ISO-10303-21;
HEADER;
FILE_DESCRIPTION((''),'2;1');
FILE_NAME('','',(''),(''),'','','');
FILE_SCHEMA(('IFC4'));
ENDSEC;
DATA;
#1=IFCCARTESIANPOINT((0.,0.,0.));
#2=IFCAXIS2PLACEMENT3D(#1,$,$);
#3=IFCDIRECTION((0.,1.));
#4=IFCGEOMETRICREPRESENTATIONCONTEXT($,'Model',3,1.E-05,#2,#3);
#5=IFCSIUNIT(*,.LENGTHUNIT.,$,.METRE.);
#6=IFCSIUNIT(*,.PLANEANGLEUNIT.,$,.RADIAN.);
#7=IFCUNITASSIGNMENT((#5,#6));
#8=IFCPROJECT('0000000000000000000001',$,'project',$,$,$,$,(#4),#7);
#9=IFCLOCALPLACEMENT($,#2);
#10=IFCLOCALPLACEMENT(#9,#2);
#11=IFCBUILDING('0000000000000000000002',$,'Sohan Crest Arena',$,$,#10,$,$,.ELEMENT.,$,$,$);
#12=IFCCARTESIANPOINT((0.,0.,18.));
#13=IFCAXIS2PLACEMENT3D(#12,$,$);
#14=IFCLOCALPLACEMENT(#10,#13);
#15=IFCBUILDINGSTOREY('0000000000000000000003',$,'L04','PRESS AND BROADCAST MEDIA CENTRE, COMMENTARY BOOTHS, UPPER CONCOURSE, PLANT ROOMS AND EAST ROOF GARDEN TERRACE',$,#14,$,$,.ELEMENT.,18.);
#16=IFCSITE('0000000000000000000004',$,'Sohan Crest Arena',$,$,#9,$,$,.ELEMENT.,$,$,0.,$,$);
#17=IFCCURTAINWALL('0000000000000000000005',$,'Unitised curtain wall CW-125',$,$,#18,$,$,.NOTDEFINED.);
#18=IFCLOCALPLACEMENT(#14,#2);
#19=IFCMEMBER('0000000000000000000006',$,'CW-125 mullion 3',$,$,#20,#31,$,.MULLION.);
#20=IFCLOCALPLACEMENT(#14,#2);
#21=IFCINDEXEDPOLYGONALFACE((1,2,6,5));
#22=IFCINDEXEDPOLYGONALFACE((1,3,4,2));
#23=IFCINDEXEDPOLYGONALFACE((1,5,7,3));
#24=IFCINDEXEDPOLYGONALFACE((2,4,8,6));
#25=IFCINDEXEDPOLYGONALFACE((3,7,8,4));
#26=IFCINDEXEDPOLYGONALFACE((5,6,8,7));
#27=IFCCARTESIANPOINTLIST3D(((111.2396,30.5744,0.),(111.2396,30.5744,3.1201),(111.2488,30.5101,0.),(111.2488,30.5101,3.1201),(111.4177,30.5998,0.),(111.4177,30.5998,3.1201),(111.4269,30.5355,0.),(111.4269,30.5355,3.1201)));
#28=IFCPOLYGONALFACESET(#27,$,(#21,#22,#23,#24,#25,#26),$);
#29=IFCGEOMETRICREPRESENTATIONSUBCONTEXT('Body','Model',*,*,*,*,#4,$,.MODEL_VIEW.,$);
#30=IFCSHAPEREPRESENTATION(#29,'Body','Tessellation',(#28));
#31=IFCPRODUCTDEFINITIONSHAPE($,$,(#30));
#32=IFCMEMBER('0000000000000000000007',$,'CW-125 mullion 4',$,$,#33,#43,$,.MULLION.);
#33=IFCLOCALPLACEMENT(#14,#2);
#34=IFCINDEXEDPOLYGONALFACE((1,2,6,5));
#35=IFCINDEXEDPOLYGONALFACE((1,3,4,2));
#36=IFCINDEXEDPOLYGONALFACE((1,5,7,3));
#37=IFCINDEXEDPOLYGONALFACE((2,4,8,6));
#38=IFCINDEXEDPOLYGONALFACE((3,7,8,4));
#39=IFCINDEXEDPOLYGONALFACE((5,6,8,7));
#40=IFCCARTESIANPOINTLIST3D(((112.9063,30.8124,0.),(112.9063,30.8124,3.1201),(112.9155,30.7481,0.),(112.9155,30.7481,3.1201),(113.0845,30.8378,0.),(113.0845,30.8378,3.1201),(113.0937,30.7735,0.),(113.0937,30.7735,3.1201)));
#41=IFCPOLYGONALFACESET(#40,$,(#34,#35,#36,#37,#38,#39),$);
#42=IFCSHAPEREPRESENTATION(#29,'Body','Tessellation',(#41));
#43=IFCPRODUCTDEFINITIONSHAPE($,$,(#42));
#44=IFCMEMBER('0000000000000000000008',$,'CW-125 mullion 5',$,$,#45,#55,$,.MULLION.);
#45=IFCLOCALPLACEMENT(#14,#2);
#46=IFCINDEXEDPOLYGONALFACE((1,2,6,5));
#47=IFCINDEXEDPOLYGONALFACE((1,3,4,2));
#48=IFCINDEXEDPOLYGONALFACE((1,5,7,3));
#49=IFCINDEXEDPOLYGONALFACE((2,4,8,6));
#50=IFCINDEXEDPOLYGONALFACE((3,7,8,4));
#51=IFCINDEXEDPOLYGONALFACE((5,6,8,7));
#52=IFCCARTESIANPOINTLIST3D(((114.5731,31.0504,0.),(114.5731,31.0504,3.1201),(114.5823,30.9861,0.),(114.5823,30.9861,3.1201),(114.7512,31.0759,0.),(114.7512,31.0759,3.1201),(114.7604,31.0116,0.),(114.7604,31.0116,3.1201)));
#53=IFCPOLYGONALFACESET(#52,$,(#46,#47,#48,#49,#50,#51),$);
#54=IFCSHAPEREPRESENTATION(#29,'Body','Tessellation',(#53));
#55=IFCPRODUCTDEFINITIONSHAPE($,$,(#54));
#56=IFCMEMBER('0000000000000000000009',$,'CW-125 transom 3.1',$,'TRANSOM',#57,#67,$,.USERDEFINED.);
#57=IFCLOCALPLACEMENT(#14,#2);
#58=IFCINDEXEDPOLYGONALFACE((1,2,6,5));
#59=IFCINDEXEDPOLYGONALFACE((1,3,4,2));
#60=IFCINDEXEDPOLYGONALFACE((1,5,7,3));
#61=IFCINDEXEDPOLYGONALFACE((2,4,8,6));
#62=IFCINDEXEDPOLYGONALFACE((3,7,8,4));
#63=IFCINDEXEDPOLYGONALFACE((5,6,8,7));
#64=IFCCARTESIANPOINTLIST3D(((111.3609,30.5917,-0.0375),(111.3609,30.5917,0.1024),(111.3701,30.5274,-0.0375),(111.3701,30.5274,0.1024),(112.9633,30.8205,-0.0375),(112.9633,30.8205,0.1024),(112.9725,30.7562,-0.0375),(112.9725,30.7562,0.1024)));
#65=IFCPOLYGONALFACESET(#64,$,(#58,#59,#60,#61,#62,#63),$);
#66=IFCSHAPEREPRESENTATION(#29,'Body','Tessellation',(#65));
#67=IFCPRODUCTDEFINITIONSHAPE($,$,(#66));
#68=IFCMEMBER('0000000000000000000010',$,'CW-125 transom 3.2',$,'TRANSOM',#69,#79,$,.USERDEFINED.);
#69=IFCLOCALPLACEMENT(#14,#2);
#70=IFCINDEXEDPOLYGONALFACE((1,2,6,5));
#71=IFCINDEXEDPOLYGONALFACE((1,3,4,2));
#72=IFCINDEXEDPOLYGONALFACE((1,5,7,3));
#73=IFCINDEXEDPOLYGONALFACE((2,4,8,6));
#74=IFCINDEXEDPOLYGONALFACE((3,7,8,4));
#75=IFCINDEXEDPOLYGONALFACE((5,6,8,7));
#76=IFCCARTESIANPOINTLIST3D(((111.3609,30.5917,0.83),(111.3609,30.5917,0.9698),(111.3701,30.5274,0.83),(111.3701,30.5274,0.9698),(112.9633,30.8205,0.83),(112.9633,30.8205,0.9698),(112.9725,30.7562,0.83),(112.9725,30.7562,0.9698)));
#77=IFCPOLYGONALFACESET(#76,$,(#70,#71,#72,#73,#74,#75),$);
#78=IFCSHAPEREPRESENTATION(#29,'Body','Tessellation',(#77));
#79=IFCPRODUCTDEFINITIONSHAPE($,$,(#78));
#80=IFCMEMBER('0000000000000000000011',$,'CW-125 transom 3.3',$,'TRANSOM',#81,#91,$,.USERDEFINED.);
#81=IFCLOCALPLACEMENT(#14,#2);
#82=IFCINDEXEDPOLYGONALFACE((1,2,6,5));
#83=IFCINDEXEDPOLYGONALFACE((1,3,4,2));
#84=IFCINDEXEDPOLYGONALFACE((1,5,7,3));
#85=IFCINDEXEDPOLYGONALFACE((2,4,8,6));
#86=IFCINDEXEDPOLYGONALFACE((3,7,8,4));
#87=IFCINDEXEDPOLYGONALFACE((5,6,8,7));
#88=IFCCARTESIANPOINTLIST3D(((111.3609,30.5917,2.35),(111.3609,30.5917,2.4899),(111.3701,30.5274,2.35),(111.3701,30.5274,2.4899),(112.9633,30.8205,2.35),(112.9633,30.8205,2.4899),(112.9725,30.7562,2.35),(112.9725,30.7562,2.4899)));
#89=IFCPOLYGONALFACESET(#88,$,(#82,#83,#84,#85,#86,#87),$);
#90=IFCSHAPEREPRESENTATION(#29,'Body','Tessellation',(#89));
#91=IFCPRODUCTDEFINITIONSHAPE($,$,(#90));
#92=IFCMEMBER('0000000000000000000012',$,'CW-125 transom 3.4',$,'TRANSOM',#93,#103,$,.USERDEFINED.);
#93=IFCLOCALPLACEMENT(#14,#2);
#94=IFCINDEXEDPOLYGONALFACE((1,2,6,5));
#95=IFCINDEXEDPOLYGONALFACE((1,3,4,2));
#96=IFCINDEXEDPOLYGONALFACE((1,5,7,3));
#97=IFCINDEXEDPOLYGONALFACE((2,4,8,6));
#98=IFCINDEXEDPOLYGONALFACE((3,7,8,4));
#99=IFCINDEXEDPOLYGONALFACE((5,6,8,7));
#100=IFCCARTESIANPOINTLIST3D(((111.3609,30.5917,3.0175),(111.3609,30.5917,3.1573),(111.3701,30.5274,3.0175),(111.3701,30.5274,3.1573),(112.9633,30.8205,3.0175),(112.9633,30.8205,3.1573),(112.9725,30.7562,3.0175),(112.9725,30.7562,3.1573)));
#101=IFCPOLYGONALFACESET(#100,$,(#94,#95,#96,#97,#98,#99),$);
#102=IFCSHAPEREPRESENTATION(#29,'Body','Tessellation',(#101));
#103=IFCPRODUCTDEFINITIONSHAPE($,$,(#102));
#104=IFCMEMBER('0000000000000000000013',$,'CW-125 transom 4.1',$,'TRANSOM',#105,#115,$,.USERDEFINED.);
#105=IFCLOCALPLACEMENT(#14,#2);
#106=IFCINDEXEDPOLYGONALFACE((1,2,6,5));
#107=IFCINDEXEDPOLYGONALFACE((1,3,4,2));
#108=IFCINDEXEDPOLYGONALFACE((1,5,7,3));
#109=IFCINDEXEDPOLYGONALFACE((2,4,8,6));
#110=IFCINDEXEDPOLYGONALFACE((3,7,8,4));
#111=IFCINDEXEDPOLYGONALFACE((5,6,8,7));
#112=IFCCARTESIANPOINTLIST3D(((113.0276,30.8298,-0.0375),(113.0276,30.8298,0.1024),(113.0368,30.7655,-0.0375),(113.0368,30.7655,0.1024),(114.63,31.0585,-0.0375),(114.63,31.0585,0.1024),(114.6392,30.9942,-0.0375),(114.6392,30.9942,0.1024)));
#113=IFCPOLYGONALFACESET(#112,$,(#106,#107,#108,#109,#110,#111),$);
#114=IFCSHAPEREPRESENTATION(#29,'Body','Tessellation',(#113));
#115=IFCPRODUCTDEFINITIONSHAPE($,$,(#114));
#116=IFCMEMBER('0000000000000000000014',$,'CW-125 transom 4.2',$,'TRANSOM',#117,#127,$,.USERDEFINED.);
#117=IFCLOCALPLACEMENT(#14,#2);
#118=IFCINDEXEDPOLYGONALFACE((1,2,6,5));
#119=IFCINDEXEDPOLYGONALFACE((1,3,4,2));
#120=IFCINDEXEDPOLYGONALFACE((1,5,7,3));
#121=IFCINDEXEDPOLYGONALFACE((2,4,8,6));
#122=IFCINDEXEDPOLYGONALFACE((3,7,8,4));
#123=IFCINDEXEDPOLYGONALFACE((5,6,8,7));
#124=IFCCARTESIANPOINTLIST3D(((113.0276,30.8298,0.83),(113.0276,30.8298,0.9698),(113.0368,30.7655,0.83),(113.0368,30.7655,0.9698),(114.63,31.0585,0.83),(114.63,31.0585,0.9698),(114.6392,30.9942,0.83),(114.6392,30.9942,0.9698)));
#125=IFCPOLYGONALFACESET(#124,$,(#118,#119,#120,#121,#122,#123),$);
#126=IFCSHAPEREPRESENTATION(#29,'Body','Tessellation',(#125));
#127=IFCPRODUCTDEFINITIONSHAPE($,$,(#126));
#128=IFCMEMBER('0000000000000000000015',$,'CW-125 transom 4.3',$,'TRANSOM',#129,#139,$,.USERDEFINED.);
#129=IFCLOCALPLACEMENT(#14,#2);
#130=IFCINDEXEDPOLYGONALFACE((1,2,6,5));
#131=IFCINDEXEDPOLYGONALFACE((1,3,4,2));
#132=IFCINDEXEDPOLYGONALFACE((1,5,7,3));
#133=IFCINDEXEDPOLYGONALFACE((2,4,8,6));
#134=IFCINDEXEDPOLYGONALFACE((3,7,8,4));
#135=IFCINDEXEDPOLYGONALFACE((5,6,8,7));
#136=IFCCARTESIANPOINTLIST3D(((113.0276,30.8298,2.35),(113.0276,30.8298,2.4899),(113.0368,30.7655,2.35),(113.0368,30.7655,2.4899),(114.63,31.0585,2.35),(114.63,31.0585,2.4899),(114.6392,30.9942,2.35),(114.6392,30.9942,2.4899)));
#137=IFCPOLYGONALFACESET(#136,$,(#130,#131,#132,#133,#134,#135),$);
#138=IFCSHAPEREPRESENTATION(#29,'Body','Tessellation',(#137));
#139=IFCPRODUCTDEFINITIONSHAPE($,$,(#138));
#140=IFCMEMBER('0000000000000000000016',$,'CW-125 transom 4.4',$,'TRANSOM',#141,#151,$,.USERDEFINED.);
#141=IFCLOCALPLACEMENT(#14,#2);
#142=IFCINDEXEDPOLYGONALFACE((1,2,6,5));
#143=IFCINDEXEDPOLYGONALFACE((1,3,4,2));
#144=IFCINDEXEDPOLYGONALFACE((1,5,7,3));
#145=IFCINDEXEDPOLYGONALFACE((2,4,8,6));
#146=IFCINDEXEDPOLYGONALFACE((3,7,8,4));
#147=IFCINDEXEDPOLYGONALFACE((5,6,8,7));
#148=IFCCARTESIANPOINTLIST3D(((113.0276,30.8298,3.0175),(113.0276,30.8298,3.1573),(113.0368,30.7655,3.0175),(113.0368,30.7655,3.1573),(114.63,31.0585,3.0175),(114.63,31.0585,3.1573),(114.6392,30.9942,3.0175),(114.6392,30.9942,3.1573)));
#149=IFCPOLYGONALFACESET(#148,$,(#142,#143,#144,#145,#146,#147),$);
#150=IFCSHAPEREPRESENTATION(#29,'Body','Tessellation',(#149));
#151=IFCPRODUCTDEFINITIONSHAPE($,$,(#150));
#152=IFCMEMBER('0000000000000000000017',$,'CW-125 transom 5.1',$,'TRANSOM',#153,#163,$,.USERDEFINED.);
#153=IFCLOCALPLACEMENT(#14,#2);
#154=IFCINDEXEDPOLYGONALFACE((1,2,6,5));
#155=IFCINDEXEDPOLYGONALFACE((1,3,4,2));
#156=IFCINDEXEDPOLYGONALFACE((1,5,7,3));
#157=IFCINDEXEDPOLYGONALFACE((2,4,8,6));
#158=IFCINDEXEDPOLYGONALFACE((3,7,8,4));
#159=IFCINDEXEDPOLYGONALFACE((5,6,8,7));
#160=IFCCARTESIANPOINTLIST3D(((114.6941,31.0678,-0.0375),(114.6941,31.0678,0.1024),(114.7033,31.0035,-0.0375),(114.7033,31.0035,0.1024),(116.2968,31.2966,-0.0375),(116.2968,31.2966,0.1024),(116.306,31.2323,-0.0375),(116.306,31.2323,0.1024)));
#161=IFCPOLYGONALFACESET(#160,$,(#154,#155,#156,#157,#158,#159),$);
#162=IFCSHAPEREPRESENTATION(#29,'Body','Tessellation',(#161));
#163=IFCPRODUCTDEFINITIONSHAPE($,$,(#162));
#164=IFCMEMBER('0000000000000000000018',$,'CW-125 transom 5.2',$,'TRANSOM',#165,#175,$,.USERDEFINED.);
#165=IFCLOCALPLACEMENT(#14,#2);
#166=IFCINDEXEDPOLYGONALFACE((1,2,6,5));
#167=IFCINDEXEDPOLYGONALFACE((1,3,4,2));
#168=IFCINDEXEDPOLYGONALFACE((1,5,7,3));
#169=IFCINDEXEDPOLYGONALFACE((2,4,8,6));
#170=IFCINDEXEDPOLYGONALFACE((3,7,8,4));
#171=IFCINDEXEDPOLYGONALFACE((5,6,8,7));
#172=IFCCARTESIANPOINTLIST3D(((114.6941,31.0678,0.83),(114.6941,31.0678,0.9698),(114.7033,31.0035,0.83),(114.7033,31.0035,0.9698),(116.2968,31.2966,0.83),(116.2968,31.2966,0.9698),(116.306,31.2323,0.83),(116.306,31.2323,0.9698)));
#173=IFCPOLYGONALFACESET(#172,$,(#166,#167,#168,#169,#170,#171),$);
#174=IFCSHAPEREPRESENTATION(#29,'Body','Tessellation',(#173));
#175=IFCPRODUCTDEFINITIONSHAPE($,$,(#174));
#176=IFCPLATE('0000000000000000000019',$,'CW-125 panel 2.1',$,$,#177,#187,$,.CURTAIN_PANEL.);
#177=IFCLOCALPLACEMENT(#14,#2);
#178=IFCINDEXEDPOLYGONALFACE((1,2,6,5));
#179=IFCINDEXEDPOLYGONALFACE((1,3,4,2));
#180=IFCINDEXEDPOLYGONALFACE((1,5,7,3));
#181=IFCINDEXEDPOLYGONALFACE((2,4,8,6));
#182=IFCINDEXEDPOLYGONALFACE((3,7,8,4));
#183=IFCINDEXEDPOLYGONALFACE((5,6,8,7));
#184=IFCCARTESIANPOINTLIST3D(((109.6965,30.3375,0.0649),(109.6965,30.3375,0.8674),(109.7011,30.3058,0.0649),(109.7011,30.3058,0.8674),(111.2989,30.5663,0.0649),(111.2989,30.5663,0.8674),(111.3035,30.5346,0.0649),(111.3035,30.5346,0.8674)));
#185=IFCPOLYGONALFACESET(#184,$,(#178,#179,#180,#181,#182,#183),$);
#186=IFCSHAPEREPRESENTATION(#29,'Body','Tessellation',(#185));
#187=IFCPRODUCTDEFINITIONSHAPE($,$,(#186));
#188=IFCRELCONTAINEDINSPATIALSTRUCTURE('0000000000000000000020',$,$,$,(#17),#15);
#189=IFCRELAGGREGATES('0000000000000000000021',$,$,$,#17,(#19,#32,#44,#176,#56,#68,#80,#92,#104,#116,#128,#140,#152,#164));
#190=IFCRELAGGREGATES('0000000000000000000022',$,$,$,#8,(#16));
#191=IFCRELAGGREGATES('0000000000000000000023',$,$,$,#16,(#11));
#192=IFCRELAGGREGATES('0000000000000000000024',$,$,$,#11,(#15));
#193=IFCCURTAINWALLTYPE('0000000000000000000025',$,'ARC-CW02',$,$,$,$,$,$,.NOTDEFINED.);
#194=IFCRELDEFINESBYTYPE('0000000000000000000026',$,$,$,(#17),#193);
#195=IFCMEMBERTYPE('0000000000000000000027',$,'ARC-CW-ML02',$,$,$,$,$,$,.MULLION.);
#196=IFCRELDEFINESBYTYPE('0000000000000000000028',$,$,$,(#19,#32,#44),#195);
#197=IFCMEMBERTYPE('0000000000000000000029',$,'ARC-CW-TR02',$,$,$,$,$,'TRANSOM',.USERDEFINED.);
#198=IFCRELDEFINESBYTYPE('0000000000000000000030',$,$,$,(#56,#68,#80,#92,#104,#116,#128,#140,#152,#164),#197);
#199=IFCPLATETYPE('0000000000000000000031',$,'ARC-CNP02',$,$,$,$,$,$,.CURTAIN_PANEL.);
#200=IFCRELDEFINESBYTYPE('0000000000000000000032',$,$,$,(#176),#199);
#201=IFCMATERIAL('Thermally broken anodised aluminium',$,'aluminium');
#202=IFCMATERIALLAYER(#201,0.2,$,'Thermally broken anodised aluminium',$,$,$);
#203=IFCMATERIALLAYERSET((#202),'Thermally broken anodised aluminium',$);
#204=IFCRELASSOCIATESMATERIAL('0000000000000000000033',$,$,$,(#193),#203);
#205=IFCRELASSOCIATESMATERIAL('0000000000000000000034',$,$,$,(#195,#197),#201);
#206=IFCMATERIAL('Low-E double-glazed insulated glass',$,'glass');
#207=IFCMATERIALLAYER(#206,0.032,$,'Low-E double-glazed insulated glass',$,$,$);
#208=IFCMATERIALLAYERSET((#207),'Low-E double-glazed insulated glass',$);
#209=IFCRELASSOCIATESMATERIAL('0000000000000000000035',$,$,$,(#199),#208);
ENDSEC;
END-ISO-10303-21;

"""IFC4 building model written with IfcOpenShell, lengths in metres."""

from ifc_helpers import new_model, si_unit, direction, frame, origin, origin_2d, place, context, subcontext, project, spatial, rectangle, extrude, material, layer, layer_set, material_profile, profile_set, type_object, element, aggregate, save


model = new_model("IFC4")

# Units and contexts
model_context = context("Model", 3, precision=1e-05, world=origin(), true_north=direction((0.0, 1.0)))
body_context = subcontext(model_context, "Body", "Model", "MODEL_VIEW")
ifc_project = project(units=[si_unit("LENGTHUNIT", "METRE"), si_unit("PLANEANGLEUNIT", "RADIAN")], contexts=[model_context])

# Site, building, storey
site_placement = place(None, origin())
site = spatial("IfcSite", under=ifc_project, at=site_placement, Name="Sohan Crest Arena", CompositionType="ELEMENT", RefElevation=0.0)
building_placement = place(site_placement, origin())
building = spatial("IfcBuilding", under=site, at=building_placement, Name="Sohan Crest Arena", CompositionType="ELEMENT")
storey_placement = place(building_placement, frame((0.0, 0.0, 18.0)))
storey = spatial("IfcBuildingStorey", under=building, at=storey_placement, Name="L04", Description="PRESS AND BROADCAST MEDIA CENTRE, COMMENTARY BOOTHS, UPPER CONCOURSE, PLANT ROOMS AND EAST ROOF GARDEN TERRACE", CompositionType="ELEMENT", Elevation=18.0)

# Curtain wall, members, plate
ifc_material_1 = material(Name="Thermally broken anodised aluminium", Category="aluminium")
ifc_layer_1 = layer(ifc_material_1, 0.2, Name="Thermally broken anodised aluminium")
ifc_layer_set_1 = layer_set([ifc_layer_1], Name="Thermally broken anodised aluminium")
curtain_wall_type = type_object("IfcCurtainWallType", Name="ARC-CW02", PredefinedType="NOTDEFINED", material=ifc_layer_set_1)
curtain_wall_placement = place(storey_placement, origin())
curtain_wall = element("IfcCurtainWall", 1, at=curtain_wall_placement, inside=storey, type_object=curtain_wall_type, Name="Unitised curtain wall CW-125", PredefinedType="NOTDEFINED")
ifc_material_profile_1 = material_profile(ifc_material_1, rectangle(XDim=0.0649, YDim=0.1799, at=origin_2d()), Name="ALU-MULL 65x180")
ifc_profile_set_1 = profile_set([ifc_material_profile_1], Name="Thermally broken anodised aluminium")
member_type_1 = type_object("IfcMemberType", Name="ARC-CW-ML02", PredefinedType="MULLION", material=ifc_profile_set_1)
member_1_placement = place(storey_placement, frame((111.3333, 30.5549, 0.0), z_axis=(0.0, 0.0, 1.0), x_axis=(-0.141366, 0.989957, 0.0)))
member_1 = element("IfcMember", 2, at=member_1_placement, type_object=member_type_1, Name="CW-125 mullion 3", PredefinedType="MULLION", context=body_context, shape_type="SweptSolid", body=[
    extrude(rectangle(XDim=0.0649, YDim=0.1799, at=origin_2d()), origin(), (0.0, 0.0, 1.0), 3.1201),
])
member_2_placement = place(storey_placement, frame((113.0, 30.793, 0.0), z_axis=(0.0, 0.0, 1.0), x_axis=(-0.141366, 0.989957, 0.0)))
member_2 = element("IfcMember", 3, at=member_2_placement, type_object=member_type_1, Name="CW-125 mullion 4", PredefinedType="MULLION", context=body_context, shape_type="SweptSolid", body=[
    extrude(rectangle(XDim=0.0649, YDim=0.1799, at=origin_2d()), origin(), (0.0, 0.0, 1.0), 3.1201),
])
member_3_placement = place(storey_placement, frame((114.6667, 31.031, 0.0), z_axis=(0.0, 0.0, 1.0), x_axis=(-0.141366, 0.989957, 0.0)))
member_3 = element("IfcMember", 4, at=member_3_placement, type_object=member_type_1, Name="CW-125 mullion 5", PredefinedType="MULLION", context=body_context, shape_type="SweptSolid", body=[
    extrude(rectangle(XDim=0.0649, YDim=0.1799, at=origin_2d()), origin(), (0.0, 0.0, 1.0), 3.1201),
])
ifc_material_profile_2 = material_profile(ifc_material_1, rectangle(XDim=0.0649, YDim=0.1399, at=origin_2d()), Name="ALU-TRAN 65x140")
ifc_profile_set_2 = profile_set([ifc_material_profile_2], Name="Thermally broken anodised aluminium")
member_type_2 = type_object("IfcMemberType", Name="ARC-CW-TR02", ElementType="TRANSOM", PredefinedType="USERDEFINED", material=ifc_profile_set_2)
member_4_placement = place(storey_placement, frame((111.3655, 30.5596, 0.0325), z_axis=(0.989962, 0.141337, 0.0), x_axis=(-0.141337, 0.989962, 0.0)))
member_4 = element("IfcMember", 5, at=member_4_placement, type_object=member_type_2, Name="CW-125 transom 3.1", ObjectType="TRANSOM", PredefinedType="USERDEFINED", context=body_context, shape_type="SweptSolid", body=[
    extrude(rectangle(XDim=0.0649, YDim=0.1399, at=origin_2d()), origin(), (0.0, 0.0, 1.0), 1.6187),
])
member_5_placement = place(storey_placement, frame((111.3655, 30.5596, 0.8999), z_axis=(0.989962, 0.141337, 0.0), x_axis=(-0.141337, 0.989962, 0.0)))
member_5 = element("IfcMember", 6, at=member_5_placement, type_object=member_type_2, Name="CW-125 transom 3.2", ObjectType="TRANSOM", PredefinedType="USERDEFINED", context=body_context, shape_type="SweptSolid", body=[
    extrude(rectangle(XDim=0.0649, YDim=0.1399, at=origin_2d()), origin(), (0.0, 0.0, 1.0), 1.6187),
])
member_6_placement = place(storey_placement, frame((111.3655, 30.5596, 2.4199), z_axis=(0.989962, 0.141337, 0.0), x_axis=(-0.141337, 0.989962, 0.0)))
member_6 = element("IfcMember", 7, at=member_6_placement, type_object=member_type_2, Name="CW-125 transom 3.3", ObjectType="TRANSOM", PredefinedType="USERDEFINED", context=body_context, shape_type="SweptSolid", body=[
    extrude(rectangle(XDim=0.0649, YDim=0.1399, at=origin_2d()), origin(), (0.0, 0.0, 1.0), 1.6187),
])
member_7_placement = place(storey_placement, frame((111.3655, 30.5596, 3.0874), z_axis=(0.989962, 0.141337, 0.0), x_axis=(-0.141337, 0.989962, 0.0)))
member_7 = element("IfcMember", 8, at=member_7_placement, type_object=member_type_2, Name="CW-125 transom 3.4", ObjectType="TRANSOM", PredefinedType="USERDEFINED", context=body_context, shape_type="SweptSolid", body=[
    extrude(rectangle(XDim=0.0649, YDim=0.1399, at=origin_2d()), origin(), (0.0, 0.0, 1.0), 1.6187),
])
member_8_placement = place(storey_placement, frame((113.0322, 30.7976, 0.0325), z_axis=(0.989962, 0.141337, 0.0), x_axis=(-0.141337, 0.989962, 0.0)))
member_8 = element("IfcMember", 9, at=member_8_placement, type_object=member_type_2, Name="CW-125 transom 4.1", ObjectType="TRANSOM", PredefinedType="USERDEFINED", context=body_context, shape_type="SweptSolid", body=[
    extrude(rectangle(XDim=0.0649, YDim=0.1399, at=origin_2d()), origin(), (0.0, 0.0, 1.0), 1.6187),
])
member_9_placement = place(storey_placement, frame((113.0322, 30.7976, 0.8999), z_axis=(0.989962, 0.141337, 0.0), x_axis=(-0.141337, 0.989962, 0.0)))
member_9 = element("IfcMember", 10, at=member_9_placement, type_object=member_type_2, Name="CW-125 transom 4.2", ObjectType="TRANSOM", PredefinedType="USERDEFINED", context=body_context, shape_type="SweptSolid", body=[
    extrude(rectangle(XDim=0.0649, YDim=0.1399, at=origin_2d()), origin(), (0.0, 0.0, 1.0), 1.6187),
])
member_10_placement = place(storey_placement, frame((113.0322, 30.7976, 2.4199), z_axis=(0.989962, 0.141337, 0.0), x_axis=(-0.141337, 0.989962, 0.0)))
member_10 = element("IfcMember", 11, at=member_10_placement, type_object=member_type_2, Name="CW-125 transom 4.3", ObjectType="TRANSOM", PredefinedType="USERDEFINED", context=body_context, shape_type="SweptSolid", body=[
    extrude(rectangle(XDim=0.0649, YDim=0.1399, at=origin_2d()), origin(), (0.0, 0.0, 1.0), 1.6187),
])
member_11_placement = place(storey_placement, frame((113.0322, 30.7976, 3.0874), z_axis=(0.989962, 0.141337, 0.0), x_axis=(-0.141337, 0.989962, 0.0)))
member_11 = element("IfcMember", 12, at=member_11_placement, type_object=member_type_2, Name="CW-125 transom 4.4", ObjectType="TRANSOM", PredefinedType="USERDEFINED", context=body_context, shape_type="SweptSolid", body=[
    extrude(rectangle(XDim=0.0649, YDim=0.1399, at=origin_2d()), origin(), (0.0, 0.0, 1.0), 1.6187),
])
member_12_placement = place(storey_placement, frame((114.6987, 31.0356, 0.0325), z_axis=(0.989965, 0.141316, 0.0), x_axis=(-0.141316, 0.989965, 0.0)))
member_12 = element("IfcMember", 13, at=member_12_placement, type_object=member_type_2, Name="CW-125 transom 5.1", ObjectType="TRANSOM", PredefinedType="USERDEFINED", context=body_context, shape_type="SweptSolid", body=[
    extrude(rectangle(XDim=0.0649, YDim=0.1399, at=origin_2d()), origin(), (0.0, 0.0, 1.0), 1.6189),
])
member_13_placement = place(storey_placement, frame((114.6987, 31.0356, 0.8999), z_axis=(0.989965, 0.141316, 0.0), x_axis=(-0.141316, 0.989965, 0.0)))
member_13 = element("IfcMember", 14, at=member_13_placement, type_object=member_type_2, Name="CW-125 transom 5.2", ObjectType="TRANSOM", PredefinedType="USERDEFINED", context=body_context, shape_type="SweptSolid", body=[
    extrude(rectangle(XDim=0.0649, YDim=0.1399, at=origin_2d()), origin(), (0.0, 0.0, 1.0), 1.6189),
])
ifc_material_2 = material(Name="Low-E double-glazed insulated glass", Category="glass")
ifc_layer_2 = layer(ifc_material_2, 0.032, Name="Low-E double-glazed insulated glass")
ifc_layer_set_2 = layer_set([ifc_layer_2], Name="Low-E double-glazed insulated glass")
plate_type = type_object("IfcPlateType", Name="ARC-CNP02", PredefinedType="CURTAIN_PANEL", material=ifc_layer_set_2)
plate_1_placement = place(storey_placement, frame((110.5, 30.436, 0.0649), z_axis=(0.0, 0.0, 1.0), x_axis=(0.989957, 0.141366, 0.0)))
plate_1 = element("IfcPlate", 15, at=plate_1_placement, type_object=plate_type, Name="CW-125 panel 2.1", PredefinedType="CURTAIN_PANEL", context=body_context, shape_type="SweptSolid", body=[
    extrude(rectangle(XDim=1.6187, YDim=0.032, at=origin_2d()), origin(), (0.0, 0.0, 1.0), 0.8025),
])
aggregate(curtain_wall, [member_1, member_2, member_3, plate_1, member_4, member_5, member_6, member_7, member_8, member_9, member_10, member_11, member_12, member_13])

save(model, "model.ifc")
